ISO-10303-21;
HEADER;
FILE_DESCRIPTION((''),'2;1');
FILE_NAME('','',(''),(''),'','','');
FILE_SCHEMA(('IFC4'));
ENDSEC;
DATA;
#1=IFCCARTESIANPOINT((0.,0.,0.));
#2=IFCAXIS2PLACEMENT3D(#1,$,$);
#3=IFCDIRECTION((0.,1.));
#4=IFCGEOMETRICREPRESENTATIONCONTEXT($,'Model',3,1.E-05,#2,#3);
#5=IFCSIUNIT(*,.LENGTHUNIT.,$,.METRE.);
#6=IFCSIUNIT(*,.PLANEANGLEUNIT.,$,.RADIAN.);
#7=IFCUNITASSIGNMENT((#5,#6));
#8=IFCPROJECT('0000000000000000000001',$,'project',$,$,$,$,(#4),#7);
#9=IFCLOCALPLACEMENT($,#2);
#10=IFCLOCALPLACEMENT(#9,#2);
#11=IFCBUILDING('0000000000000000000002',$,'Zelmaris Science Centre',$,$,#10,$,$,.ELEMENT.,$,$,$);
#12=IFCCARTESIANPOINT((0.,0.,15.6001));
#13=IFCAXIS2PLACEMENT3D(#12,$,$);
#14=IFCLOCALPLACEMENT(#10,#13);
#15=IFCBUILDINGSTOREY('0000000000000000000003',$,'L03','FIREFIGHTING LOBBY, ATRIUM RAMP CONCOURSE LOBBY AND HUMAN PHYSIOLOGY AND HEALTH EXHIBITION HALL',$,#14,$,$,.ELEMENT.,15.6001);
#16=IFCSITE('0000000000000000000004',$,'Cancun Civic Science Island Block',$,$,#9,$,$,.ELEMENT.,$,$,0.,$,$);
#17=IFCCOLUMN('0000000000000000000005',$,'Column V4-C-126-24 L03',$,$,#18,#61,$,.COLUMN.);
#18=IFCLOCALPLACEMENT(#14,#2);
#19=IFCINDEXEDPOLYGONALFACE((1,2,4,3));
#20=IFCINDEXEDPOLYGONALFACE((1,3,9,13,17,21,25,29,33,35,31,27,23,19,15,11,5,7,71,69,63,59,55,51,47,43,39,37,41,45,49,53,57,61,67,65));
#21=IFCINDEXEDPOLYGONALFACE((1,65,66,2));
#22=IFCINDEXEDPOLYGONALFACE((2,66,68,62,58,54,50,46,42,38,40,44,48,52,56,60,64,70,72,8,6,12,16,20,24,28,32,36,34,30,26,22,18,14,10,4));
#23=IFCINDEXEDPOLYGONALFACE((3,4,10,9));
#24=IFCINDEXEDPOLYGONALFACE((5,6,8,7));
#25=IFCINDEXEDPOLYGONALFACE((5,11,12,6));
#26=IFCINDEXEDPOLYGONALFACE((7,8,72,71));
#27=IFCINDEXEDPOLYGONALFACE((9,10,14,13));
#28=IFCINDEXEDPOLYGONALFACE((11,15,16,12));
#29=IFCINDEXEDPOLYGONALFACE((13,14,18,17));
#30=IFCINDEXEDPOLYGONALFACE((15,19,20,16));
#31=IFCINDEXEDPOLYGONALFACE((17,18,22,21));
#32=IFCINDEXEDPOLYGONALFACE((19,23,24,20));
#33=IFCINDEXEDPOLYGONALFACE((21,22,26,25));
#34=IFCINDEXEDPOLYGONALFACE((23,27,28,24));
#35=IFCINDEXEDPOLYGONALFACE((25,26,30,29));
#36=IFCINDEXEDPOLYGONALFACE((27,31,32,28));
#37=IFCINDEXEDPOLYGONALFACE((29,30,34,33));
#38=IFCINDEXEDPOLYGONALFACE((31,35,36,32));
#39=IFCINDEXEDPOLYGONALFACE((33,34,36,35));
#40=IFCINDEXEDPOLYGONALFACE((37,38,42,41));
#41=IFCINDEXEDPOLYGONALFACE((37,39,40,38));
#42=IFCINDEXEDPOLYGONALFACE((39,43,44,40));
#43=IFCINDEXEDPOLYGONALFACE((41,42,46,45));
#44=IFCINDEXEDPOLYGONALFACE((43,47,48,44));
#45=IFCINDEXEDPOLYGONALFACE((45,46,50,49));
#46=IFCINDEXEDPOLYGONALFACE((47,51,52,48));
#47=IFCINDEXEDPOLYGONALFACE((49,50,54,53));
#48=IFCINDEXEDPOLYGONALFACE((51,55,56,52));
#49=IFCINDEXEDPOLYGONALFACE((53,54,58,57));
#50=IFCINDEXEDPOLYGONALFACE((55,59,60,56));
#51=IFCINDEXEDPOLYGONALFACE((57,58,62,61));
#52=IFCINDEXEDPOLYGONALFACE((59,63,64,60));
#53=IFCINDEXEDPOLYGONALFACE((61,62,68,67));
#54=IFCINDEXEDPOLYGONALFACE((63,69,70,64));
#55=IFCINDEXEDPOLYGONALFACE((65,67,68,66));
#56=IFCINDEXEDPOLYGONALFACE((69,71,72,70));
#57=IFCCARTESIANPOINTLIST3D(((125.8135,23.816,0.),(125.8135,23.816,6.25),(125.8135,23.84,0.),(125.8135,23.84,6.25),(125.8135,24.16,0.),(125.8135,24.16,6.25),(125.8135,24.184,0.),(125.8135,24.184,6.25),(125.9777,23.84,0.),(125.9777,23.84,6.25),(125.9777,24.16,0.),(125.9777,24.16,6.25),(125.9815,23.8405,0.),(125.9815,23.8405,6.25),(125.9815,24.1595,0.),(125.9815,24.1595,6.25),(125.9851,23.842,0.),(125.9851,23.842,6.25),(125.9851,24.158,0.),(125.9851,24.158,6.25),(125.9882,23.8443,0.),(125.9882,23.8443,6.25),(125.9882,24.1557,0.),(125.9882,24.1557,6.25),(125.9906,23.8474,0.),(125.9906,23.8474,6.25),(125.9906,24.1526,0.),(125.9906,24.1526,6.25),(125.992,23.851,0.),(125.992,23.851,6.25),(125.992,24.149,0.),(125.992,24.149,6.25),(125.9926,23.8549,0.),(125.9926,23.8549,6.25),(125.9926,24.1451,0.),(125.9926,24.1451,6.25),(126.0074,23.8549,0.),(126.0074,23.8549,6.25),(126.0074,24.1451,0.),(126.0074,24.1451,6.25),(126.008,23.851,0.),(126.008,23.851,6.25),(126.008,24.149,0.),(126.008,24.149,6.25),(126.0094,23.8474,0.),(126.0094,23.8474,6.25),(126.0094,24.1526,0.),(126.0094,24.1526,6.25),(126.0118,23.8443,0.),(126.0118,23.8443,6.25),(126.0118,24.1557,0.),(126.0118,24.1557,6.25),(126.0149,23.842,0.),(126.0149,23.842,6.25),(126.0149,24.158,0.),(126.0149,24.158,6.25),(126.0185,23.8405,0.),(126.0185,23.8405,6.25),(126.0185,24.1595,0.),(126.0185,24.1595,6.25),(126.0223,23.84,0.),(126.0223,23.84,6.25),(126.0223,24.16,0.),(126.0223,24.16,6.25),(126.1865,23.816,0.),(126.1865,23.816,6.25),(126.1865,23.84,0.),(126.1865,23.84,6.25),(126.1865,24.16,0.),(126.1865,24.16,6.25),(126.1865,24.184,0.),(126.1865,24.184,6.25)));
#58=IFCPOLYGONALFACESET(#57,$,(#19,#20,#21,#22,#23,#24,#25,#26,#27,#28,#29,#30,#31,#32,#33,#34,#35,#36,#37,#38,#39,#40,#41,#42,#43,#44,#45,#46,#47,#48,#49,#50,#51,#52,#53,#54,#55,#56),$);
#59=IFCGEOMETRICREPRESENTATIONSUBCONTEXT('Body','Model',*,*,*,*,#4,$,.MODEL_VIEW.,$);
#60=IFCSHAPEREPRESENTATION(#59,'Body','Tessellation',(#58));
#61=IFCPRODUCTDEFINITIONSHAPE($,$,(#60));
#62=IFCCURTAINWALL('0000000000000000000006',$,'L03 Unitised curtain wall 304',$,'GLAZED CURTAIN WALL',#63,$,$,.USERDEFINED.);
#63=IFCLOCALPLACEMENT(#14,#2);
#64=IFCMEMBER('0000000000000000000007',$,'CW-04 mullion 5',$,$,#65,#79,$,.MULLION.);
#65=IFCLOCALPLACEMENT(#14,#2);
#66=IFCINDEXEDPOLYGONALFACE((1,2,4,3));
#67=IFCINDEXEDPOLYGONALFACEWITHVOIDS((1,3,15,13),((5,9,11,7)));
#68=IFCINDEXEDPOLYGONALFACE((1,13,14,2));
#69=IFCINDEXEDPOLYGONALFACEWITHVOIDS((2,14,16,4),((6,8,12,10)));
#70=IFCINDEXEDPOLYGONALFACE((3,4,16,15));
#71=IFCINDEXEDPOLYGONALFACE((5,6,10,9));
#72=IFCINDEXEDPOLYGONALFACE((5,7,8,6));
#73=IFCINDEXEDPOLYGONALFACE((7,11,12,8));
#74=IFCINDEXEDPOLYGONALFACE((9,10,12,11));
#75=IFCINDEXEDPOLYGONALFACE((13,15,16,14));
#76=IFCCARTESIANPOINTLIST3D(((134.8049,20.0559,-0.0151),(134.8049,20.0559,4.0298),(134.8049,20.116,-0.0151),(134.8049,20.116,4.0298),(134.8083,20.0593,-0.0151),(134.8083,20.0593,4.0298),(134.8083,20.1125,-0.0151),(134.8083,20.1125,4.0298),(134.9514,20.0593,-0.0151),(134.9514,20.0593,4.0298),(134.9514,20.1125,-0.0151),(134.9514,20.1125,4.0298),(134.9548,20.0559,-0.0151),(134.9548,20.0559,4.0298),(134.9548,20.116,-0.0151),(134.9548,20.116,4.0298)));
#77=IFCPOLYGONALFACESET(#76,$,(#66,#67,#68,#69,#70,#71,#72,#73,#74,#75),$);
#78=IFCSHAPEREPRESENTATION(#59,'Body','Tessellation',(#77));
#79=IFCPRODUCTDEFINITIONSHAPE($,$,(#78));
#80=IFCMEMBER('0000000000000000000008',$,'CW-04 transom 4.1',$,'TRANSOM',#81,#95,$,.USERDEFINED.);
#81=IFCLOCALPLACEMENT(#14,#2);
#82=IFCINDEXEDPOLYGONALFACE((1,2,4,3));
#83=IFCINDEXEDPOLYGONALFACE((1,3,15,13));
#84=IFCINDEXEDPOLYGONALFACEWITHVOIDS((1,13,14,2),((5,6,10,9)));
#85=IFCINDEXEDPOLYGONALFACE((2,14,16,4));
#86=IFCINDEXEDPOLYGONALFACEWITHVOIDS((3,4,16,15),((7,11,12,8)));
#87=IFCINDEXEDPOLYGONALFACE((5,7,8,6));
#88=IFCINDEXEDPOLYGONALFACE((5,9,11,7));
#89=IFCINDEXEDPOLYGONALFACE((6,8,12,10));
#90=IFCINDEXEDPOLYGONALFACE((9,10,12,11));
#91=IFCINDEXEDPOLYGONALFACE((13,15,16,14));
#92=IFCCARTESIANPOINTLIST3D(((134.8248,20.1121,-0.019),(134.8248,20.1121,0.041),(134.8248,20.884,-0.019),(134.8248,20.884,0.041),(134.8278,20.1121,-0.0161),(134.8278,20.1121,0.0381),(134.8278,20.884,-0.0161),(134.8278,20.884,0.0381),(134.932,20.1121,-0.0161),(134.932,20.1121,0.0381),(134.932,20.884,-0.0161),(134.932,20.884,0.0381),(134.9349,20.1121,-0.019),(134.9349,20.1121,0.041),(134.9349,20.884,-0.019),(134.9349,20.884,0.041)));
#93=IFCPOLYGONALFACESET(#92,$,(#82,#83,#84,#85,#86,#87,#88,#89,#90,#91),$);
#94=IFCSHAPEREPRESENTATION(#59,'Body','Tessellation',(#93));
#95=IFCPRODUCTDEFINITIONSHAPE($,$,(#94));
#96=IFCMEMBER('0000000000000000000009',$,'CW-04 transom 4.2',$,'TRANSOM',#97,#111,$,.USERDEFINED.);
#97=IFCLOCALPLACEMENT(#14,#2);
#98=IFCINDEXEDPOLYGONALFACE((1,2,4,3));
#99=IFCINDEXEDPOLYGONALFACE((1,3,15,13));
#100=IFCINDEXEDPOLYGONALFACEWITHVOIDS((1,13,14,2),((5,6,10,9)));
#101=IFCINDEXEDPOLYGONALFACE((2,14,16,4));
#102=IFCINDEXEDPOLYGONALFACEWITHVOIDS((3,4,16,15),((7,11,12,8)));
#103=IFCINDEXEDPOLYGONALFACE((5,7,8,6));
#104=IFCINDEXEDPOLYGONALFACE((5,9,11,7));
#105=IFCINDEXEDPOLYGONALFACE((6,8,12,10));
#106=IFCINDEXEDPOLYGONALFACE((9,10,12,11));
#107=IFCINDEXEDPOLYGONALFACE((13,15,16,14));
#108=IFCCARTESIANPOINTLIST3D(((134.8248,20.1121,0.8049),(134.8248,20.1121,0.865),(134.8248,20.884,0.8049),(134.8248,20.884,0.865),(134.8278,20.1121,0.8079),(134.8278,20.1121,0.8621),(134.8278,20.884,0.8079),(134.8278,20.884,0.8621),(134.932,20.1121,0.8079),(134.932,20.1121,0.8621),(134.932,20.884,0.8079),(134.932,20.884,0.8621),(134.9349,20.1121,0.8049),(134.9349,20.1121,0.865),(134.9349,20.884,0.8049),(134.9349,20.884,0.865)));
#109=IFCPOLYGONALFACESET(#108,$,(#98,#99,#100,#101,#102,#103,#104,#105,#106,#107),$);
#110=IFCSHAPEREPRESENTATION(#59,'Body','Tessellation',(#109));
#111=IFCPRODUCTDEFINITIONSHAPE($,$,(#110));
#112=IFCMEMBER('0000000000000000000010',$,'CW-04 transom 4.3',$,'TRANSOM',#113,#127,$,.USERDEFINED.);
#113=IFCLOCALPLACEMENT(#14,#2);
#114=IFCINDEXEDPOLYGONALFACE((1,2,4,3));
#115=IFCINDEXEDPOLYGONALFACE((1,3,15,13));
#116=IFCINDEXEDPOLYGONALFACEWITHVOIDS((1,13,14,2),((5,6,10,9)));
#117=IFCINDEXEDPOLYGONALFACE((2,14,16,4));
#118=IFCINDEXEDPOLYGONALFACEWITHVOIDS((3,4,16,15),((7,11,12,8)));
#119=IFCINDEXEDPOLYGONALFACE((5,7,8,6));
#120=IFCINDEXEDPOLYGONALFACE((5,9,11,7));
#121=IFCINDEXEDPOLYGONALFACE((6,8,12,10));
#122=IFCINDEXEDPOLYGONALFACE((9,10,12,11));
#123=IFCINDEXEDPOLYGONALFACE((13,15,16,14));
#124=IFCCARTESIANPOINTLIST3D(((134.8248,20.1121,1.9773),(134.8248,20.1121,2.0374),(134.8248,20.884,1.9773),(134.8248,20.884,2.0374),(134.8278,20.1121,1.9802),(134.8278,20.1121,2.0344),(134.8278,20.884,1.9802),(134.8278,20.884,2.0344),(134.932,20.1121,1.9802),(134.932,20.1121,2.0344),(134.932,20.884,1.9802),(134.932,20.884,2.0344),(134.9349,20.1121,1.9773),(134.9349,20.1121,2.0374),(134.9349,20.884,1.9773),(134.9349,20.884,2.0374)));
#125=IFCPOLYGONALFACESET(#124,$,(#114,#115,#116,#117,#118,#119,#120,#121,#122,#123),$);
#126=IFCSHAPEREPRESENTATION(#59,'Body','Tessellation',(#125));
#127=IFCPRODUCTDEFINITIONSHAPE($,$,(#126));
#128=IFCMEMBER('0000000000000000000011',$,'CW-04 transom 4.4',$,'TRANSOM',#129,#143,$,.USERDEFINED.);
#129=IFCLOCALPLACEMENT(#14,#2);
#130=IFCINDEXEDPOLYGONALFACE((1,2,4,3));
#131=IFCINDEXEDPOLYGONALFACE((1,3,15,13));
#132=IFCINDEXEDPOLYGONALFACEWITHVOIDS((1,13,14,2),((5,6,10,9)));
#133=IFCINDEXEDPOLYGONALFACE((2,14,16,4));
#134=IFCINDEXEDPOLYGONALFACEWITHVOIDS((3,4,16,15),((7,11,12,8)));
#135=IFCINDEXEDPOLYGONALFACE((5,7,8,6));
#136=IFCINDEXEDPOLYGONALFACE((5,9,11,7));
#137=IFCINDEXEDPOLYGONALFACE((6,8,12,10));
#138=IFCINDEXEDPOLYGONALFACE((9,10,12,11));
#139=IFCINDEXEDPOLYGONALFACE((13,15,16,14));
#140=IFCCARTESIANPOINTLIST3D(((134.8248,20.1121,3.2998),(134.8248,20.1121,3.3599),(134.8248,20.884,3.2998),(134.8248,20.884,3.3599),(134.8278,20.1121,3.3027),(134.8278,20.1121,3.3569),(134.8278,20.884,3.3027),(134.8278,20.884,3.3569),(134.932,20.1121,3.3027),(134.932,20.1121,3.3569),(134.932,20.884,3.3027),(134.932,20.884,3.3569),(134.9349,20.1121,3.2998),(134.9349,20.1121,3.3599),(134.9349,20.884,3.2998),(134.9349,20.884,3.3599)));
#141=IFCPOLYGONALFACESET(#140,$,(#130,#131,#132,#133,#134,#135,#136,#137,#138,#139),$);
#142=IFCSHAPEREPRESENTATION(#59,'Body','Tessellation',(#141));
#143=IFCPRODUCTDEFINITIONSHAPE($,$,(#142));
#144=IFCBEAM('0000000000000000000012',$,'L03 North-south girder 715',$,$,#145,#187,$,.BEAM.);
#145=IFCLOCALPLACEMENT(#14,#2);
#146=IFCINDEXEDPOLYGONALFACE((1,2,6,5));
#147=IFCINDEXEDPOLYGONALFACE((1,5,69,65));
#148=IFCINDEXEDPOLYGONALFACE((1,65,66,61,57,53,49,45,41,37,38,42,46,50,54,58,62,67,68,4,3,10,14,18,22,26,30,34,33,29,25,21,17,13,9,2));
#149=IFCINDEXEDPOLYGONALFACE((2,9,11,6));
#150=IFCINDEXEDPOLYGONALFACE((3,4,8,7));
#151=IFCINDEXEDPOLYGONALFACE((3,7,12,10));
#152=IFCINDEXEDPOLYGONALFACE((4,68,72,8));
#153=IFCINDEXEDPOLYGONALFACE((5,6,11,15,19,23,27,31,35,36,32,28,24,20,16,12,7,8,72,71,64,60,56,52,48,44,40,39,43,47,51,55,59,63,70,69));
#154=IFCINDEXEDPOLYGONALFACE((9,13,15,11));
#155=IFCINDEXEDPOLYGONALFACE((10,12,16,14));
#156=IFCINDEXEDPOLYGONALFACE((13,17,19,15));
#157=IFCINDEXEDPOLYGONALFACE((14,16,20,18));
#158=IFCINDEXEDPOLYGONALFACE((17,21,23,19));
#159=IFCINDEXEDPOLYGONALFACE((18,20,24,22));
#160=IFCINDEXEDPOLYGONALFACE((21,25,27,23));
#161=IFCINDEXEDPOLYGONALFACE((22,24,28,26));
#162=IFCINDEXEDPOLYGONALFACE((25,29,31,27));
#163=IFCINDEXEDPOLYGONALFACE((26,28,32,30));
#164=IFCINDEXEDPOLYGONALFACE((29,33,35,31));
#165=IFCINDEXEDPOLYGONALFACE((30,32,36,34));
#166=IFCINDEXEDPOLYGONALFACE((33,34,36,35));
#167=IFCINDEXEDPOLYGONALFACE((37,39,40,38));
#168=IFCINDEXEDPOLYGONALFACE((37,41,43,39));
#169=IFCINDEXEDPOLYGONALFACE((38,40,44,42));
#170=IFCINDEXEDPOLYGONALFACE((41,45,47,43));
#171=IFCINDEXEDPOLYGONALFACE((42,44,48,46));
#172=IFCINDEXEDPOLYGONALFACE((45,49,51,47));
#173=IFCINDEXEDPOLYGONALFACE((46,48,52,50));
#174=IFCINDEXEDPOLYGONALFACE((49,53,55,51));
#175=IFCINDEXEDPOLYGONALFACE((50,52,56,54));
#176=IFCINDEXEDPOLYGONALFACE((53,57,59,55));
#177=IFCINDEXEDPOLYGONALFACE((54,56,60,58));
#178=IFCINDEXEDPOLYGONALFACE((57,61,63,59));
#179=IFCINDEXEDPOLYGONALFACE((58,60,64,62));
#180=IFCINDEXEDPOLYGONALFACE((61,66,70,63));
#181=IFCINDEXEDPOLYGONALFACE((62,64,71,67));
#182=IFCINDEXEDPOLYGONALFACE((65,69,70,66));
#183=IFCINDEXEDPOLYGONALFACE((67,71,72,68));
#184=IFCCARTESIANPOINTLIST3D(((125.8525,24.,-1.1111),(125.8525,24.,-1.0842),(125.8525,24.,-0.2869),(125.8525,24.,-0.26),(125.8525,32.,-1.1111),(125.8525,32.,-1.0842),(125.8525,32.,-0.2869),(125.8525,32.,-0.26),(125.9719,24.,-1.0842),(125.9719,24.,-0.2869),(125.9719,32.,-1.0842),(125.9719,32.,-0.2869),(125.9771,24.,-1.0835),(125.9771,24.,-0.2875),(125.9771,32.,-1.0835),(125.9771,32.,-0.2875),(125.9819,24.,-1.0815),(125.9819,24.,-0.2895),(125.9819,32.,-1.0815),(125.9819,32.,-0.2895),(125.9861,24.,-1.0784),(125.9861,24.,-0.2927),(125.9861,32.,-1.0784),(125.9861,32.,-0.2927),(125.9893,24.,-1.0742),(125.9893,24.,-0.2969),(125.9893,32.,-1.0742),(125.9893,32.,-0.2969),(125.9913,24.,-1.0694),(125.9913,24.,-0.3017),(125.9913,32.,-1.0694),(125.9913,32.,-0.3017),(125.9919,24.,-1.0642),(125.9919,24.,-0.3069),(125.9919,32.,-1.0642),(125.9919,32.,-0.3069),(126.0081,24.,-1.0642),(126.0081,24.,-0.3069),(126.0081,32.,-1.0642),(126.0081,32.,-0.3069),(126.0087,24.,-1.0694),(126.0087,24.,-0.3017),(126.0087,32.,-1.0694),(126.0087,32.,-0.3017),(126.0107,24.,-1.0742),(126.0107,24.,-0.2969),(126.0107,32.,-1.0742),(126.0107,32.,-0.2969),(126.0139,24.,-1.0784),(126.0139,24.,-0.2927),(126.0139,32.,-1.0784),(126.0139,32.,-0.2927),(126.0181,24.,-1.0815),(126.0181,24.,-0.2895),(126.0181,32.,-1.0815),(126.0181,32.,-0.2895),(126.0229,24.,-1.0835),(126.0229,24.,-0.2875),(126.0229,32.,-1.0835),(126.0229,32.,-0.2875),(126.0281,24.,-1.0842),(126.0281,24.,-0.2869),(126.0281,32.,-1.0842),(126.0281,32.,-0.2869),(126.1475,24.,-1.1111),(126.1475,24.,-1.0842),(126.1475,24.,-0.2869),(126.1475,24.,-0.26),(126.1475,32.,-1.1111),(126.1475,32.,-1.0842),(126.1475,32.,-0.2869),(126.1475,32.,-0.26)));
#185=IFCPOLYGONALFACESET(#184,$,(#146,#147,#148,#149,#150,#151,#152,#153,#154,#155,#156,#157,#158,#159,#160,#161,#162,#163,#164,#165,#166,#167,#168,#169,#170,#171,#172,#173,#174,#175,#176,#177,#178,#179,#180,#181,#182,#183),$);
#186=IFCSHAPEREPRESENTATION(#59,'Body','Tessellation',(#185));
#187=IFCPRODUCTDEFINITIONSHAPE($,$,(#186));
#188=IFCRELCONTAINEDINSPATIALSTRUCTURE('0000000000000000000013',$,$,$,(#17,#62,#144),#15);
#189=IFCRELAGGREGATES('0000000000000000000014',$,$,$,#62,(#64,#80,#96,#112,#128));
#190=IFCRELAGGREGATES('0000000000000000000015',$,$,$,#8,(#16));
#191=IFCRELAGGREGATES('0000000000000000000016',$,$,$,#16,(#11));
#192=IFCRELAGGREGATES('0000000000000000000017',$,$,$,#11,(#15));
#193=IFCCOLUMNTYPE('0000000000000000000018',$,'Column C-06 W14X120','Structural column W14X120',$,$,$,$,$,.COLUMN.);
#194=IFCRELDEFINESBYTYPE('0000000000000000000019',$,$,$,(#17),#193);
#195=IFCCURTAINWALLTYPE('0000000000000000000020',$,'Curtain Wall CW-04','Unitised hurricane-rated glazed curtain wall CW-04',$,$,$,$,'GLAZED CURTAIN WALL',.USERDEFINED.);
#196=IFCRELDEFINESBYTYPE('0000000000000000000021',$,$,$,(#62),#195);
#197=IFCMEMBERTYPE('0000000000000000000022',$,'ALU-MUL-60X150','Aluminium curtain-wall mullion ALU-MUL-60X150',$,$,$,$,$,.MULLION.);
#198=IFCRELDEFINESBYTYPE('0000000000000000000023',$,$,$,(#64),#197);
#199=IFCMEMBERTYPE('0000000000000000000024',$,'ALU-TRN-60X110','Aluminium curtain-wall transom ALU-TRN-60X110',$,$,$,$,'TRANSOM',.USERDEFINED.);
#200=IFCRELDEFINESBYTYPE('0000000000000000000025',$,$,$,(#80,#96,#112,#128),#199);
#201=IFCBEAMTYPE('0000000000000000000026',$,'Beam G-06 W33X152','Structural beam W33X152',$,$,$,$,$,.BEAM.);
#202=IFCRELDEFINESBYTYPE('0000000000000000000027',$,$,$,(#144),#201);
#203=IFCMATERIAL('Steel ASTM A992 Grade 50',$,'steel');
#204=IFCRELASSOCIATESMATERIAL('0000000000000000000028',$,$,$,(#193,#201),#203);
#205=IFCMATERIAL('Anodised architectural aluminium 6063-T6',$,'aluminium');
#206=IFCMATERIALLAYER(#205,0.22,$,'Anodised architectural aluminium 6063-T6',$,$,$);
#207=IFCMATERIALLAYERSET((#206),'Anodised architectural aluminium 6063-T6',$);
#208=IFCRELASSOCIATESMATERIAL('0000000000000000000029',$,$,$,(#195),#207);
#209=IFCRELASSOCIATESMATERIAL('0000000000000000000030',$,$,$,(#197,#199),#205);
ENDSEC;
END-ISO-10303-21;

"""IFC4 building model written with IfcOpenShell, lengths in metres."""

from ifc_helpers import new_model, si_unit, direction, frame, origin, origin_2d, place, context, subcontext, project, spatial, hollow_rectangle, i_section, extrude, material, layer, layer_set, material_profile, profile_set, type_object, element, aggregate, save


model = new_model("IFC4")

# Units and contexts
model_context = context("Model", 3, precision=1e-05, world=origin(), true_north=direction((0.0, 1.0)))
body_context = subcontext(model_context, "Body", "Model", "MODEL_VIEW")
ifc_project = project(units=[si_unit("LENGTHUNIT", "METRE"), si_unit("PLANEANGLEUNIT", "RADIAN")], contexts=[model_context])

# Site, building, storey
site_placement = place(None, origin())
site = spatial("IfcSite", under=ifc_project, at=site_placement, Name="Cancun Civic Science Island Block", CompositionType="ELEMENT", RefElevation=0.0)
building_placement = place(site_placement, origin())
building = spatial("IfcBuilding", under=site, at=building_placement, Name="Zelmaris Science Centre", CompositionType="ELEMENT")
storey_placement = place(building_placement, frame((0.0, 0.0, 15.6001)))
storey = spatial("IfcBuildingStorey", under=building, at=storey_placement, Name="L03", Description="FIREFIGHTING LOBBY, ATRIUM RAMP CONCOURSE LOBBY AND HUMAN PHYSIOLOGY AND HEALTH EXHIBITION HALL", CompositionType="ELEMENT", Elevation=15.6001)

# Column
ifc_material_1 = material(Name="Steel ASTM A992 Grade 50", Category="steel")
ifc_material_profile_1 = material_profile(ifc_material_1, i_section(OverallWidth=0.373, OverallDepth=0.3679, WebThickness=0.0149, FlangeThickness=0.0239, FilletRadius=0.0149, at=origin_2d()), Name="W14X120")
ifc_profile_set_1 = profile_set([ifc_material_profile_1], Name="Steel ASTM A992 Grade 50")
column_type = type_object("IfcColumnType", Name="Column C-06 W14X120", Description="Structural column W14X120", PredefinedType="COLUMN", material=ifc_profile_set_1)
column_placement = place(storey_placement, frame((126.0, 24.0, 0.0), z_axis=(0.0, 0.0, 1.0), x_axis=(1.0, 0.0, 0.0)))
element("IfcColumn", 1, at=column_placement, inside=storey, type_object=column_type, Name="Column V4-C-126-24 L03", PredefinedType="COLUMN", context=body_context, shape_type="SweptSolid", body=[
    extrude(i_section(OverallWidth=0.373, OverallDepth=0.3679, WebThickness=0.0149, FlangeThickness=0.0239, FilletRadius=0.0149, at=origin_2d()), origin(), (0.0, 0.0, 1.0), 6.25),
])

# Curtain wall, members
ifc_material_2 = material(Name="Anodised architectural aluminium 6063-T6", Category="aluminium")
ifc_layer_1 = layer(ifc_material_2, 0.22, Name="Anodised architectural aluminium 6063-T6")
ifc_layer_set_1 = layer_set([ifc_layer_1], Name="Anodised architectural aluminium 6063-T6")
curtain_wall_type = type_object("IfcCurtainWallType", Name="Curtain Wall CW-04", Description="Unitised hurricane-rated glazed curtain wall CW-04", ElementType="GLAZED CURTAIN WALL", PredefinedType="USERDEFINED", material=ifc_layer_set_1)
curtain_wall_placement = place(storey_placement, origin())
curtain_wall = element("IfcCurtainWall", 2, at=curtain_wall_placement, inside=storey, type_object=curtain_wall_type, Name="L03 Unitised curtain wall 304", ObjectType="GLAZED CURTAIN WALL", PredefinedType="USERDEFINED")
ifc_material_profile_2 = material_profile(ifc_material_2, hollow_rectangle(XDim=0.0601, YDim=0.1499, WallThickness=0.0034, at=origin_2d()), Name="ALU-MUL-60X150")
ifc_profile_set_2 = profile_set([ifc_material_profile_2], Name="Anodised architectural aluminium 6063-T6")
member_type_1 = type_object("IfcMemberType", Name="ALU-MUL-60X150", Description="Aluminium curtain-wall mullion ALU-MUL-60X150", PredefinedType="MULLION", material=ifc_profile_set_2)
member_1_placement = place(storey_placement, frame((134.8799, 20.0859, -0.0151), z_axis=(0.0, 0.0, 1.0), x_axis=(0.0, -1.0, 0.0)))
member_1 = element("IfcMember", 3, at=member_1_placement, type_object=member_type_1, Name="CW-04 mullion 5", PredefinedType="MULLION", context=body_context, shape_type="SweptSolid", body=[
    extrude(hollow_rectangle(XDim=0.0601, YDim=0.1499, WallThickness=0.0034, at=origin_2d()), origin(), (0.0, 0.0, 1.0), 4.0449),
])
ifc_material_profile_3 = material_profile(ifc_material_2, hollow_rectangle(XDim=0.0601, YDim=0.1101, WallThickness=0.0029, at=origin_2d()), Name="ALU-TRN-60X110")
ifc_profile_set_3 = profile_set([ifc_material_profile_3], Name="Anodised architectural aluminium 6063-T6")
member_type_2 = type_object("IfcMemberType", Name="ALU-TRN-60X110", Description="Aluminium curtain-wall transom ALU-TRN-60X110", ElementType="TRANSOM", PredefinedType="USERDEFINED", material=ifc_profile_set_3)
member_2_placement = place(storey_placement, frame((134.8799, 20.884, 0.011), z_axis=(0.0, -1.0, 0.0), x_axis=(0.0, 0.0, 1.0)))
member_2 = element("IfcMember", 4, at=member_2_placement, type_object=member_type_2, Name="CW-04 transom 4.1", ObjectType="TRANSOM", PredefinedType="USERDEFINED", context=body_context, shape_type="SweptSolid", body=[
    extrude(hollow_rectangle(XDim=0.0601, YDim=0.1101, WallThickness=0.0029, at=origin_2d()), origin(), (0.0, 0.0, 1.0), 0.772),
])
member_3_placement = place(storey_placement, frame((134.8799, 20.884, 0.835), z_axis=(0.0, -1.0, 0.0), x_axis=(0.0, 0.0, 1.0)))
member_3 = element("IfcMember", 5, at=member_3_placement, type_object=member_type_2, Name="CW-04 transom 4.2", ObjectType="TRANSOM", PredefinedType="USERDEFINED", context=body_context, shape_type="SweptSolid", body=[
    extrude(hollow_rectangle(XDim=0.0601, YDim=0.1101, WallThickness=0.0029, at=origin_2d()), origin(), (0.0, 0.0, 1.0), 0.772),
])
member_4_placement = place(storey_placement, frame((134.8799, 20.884, 2.0073), z_axis=(0.0, -1.0, 0.0), x_axis=(0.0, 0.0, 1.0)))
member_4 = element("IfcMember", 6, at=member_4_placement, type_object=member_type_2, Name="CW-04 transom 4.3", ObjectType="TRANSOM", PredefinedType="USERDEFINED", context=body_context, shape_type="SweptSolid", body=[
    extrude(hollow_rectangle(XDim=0.0601, YDim=0.1101, WallThickness=0.0029, at=origin_2d()), origin(), (0.0, 0.0, 1.0), 0.772),
])
member_5_placement = place(storey_placement, frame((134.8799, 20.884, 3.3298), z_axis=(0.0, -1.0, 0.0), x_axis=(0.0, 0.0, 1.0)))
member_5 = element("IfcMember", 7, at=member_5_placement, type_object=member_type_2, Name="CW-04 transom 4.4", ObjectType="TRANSOM", PredefinedType="USERDEFINED", context=body_context, shape_type="SweptSolid", body=[
    extrude(hollow_rectangle(XDim=0.0601, YDim=0.1101, WallThickness=0.0029, at=origin_2d()), origin(), (0.0, 0.0, 1.0), 0.772),
])

# Beam
ifc_material_profile_4 = material_profile(ifc_material_1, i_section(OverallWidth=0.2949, OverallDepth=0.8511, WebThickness=0.0161, FlangeThickness=0.0269, FilletRadius=0.02, at=origin_2d()), Name="W33X152")
ifc_profile_set_4 = profile_set([ifc_material_profile_4], Name="Steel ASTM A992 Grade 50")
beam_type_1 = type_object("IfcBeamType", Name="Beam G-06 W33X152", Description="Structural beam W33X152", PredefinedType="BEAM", material=ifc_profile_set_4)
beam_1_placement = place(storey_placement, frame((126.0, 24.0, -0.6855), z_axis=(0.0, 1.0, 0.0), x_axis=(-1.0, 0.0, 0.0)))
element("IfcBeam", 8, at=beam_1_placement, inside=storey, type_object=beam_type_1, Name="L03 North-south girder 715", PredefinedType="BEAM", context=body_context, shape_type="SweptSolid", body=[
    extrude(i_section(OverallWidth=0.2949, OverallDepth=0.8511, WebThickness=0.0161, FlangeThickness=0.0269, FilletRadius=0.02, at=origin_2d()), origin(), (0.0, 0.0, 1.0), 8.0),
])

aggregate(curtain_wall, [member_1, member_2, member_3, member_4, member_5])

save(model, "model.ifc")
